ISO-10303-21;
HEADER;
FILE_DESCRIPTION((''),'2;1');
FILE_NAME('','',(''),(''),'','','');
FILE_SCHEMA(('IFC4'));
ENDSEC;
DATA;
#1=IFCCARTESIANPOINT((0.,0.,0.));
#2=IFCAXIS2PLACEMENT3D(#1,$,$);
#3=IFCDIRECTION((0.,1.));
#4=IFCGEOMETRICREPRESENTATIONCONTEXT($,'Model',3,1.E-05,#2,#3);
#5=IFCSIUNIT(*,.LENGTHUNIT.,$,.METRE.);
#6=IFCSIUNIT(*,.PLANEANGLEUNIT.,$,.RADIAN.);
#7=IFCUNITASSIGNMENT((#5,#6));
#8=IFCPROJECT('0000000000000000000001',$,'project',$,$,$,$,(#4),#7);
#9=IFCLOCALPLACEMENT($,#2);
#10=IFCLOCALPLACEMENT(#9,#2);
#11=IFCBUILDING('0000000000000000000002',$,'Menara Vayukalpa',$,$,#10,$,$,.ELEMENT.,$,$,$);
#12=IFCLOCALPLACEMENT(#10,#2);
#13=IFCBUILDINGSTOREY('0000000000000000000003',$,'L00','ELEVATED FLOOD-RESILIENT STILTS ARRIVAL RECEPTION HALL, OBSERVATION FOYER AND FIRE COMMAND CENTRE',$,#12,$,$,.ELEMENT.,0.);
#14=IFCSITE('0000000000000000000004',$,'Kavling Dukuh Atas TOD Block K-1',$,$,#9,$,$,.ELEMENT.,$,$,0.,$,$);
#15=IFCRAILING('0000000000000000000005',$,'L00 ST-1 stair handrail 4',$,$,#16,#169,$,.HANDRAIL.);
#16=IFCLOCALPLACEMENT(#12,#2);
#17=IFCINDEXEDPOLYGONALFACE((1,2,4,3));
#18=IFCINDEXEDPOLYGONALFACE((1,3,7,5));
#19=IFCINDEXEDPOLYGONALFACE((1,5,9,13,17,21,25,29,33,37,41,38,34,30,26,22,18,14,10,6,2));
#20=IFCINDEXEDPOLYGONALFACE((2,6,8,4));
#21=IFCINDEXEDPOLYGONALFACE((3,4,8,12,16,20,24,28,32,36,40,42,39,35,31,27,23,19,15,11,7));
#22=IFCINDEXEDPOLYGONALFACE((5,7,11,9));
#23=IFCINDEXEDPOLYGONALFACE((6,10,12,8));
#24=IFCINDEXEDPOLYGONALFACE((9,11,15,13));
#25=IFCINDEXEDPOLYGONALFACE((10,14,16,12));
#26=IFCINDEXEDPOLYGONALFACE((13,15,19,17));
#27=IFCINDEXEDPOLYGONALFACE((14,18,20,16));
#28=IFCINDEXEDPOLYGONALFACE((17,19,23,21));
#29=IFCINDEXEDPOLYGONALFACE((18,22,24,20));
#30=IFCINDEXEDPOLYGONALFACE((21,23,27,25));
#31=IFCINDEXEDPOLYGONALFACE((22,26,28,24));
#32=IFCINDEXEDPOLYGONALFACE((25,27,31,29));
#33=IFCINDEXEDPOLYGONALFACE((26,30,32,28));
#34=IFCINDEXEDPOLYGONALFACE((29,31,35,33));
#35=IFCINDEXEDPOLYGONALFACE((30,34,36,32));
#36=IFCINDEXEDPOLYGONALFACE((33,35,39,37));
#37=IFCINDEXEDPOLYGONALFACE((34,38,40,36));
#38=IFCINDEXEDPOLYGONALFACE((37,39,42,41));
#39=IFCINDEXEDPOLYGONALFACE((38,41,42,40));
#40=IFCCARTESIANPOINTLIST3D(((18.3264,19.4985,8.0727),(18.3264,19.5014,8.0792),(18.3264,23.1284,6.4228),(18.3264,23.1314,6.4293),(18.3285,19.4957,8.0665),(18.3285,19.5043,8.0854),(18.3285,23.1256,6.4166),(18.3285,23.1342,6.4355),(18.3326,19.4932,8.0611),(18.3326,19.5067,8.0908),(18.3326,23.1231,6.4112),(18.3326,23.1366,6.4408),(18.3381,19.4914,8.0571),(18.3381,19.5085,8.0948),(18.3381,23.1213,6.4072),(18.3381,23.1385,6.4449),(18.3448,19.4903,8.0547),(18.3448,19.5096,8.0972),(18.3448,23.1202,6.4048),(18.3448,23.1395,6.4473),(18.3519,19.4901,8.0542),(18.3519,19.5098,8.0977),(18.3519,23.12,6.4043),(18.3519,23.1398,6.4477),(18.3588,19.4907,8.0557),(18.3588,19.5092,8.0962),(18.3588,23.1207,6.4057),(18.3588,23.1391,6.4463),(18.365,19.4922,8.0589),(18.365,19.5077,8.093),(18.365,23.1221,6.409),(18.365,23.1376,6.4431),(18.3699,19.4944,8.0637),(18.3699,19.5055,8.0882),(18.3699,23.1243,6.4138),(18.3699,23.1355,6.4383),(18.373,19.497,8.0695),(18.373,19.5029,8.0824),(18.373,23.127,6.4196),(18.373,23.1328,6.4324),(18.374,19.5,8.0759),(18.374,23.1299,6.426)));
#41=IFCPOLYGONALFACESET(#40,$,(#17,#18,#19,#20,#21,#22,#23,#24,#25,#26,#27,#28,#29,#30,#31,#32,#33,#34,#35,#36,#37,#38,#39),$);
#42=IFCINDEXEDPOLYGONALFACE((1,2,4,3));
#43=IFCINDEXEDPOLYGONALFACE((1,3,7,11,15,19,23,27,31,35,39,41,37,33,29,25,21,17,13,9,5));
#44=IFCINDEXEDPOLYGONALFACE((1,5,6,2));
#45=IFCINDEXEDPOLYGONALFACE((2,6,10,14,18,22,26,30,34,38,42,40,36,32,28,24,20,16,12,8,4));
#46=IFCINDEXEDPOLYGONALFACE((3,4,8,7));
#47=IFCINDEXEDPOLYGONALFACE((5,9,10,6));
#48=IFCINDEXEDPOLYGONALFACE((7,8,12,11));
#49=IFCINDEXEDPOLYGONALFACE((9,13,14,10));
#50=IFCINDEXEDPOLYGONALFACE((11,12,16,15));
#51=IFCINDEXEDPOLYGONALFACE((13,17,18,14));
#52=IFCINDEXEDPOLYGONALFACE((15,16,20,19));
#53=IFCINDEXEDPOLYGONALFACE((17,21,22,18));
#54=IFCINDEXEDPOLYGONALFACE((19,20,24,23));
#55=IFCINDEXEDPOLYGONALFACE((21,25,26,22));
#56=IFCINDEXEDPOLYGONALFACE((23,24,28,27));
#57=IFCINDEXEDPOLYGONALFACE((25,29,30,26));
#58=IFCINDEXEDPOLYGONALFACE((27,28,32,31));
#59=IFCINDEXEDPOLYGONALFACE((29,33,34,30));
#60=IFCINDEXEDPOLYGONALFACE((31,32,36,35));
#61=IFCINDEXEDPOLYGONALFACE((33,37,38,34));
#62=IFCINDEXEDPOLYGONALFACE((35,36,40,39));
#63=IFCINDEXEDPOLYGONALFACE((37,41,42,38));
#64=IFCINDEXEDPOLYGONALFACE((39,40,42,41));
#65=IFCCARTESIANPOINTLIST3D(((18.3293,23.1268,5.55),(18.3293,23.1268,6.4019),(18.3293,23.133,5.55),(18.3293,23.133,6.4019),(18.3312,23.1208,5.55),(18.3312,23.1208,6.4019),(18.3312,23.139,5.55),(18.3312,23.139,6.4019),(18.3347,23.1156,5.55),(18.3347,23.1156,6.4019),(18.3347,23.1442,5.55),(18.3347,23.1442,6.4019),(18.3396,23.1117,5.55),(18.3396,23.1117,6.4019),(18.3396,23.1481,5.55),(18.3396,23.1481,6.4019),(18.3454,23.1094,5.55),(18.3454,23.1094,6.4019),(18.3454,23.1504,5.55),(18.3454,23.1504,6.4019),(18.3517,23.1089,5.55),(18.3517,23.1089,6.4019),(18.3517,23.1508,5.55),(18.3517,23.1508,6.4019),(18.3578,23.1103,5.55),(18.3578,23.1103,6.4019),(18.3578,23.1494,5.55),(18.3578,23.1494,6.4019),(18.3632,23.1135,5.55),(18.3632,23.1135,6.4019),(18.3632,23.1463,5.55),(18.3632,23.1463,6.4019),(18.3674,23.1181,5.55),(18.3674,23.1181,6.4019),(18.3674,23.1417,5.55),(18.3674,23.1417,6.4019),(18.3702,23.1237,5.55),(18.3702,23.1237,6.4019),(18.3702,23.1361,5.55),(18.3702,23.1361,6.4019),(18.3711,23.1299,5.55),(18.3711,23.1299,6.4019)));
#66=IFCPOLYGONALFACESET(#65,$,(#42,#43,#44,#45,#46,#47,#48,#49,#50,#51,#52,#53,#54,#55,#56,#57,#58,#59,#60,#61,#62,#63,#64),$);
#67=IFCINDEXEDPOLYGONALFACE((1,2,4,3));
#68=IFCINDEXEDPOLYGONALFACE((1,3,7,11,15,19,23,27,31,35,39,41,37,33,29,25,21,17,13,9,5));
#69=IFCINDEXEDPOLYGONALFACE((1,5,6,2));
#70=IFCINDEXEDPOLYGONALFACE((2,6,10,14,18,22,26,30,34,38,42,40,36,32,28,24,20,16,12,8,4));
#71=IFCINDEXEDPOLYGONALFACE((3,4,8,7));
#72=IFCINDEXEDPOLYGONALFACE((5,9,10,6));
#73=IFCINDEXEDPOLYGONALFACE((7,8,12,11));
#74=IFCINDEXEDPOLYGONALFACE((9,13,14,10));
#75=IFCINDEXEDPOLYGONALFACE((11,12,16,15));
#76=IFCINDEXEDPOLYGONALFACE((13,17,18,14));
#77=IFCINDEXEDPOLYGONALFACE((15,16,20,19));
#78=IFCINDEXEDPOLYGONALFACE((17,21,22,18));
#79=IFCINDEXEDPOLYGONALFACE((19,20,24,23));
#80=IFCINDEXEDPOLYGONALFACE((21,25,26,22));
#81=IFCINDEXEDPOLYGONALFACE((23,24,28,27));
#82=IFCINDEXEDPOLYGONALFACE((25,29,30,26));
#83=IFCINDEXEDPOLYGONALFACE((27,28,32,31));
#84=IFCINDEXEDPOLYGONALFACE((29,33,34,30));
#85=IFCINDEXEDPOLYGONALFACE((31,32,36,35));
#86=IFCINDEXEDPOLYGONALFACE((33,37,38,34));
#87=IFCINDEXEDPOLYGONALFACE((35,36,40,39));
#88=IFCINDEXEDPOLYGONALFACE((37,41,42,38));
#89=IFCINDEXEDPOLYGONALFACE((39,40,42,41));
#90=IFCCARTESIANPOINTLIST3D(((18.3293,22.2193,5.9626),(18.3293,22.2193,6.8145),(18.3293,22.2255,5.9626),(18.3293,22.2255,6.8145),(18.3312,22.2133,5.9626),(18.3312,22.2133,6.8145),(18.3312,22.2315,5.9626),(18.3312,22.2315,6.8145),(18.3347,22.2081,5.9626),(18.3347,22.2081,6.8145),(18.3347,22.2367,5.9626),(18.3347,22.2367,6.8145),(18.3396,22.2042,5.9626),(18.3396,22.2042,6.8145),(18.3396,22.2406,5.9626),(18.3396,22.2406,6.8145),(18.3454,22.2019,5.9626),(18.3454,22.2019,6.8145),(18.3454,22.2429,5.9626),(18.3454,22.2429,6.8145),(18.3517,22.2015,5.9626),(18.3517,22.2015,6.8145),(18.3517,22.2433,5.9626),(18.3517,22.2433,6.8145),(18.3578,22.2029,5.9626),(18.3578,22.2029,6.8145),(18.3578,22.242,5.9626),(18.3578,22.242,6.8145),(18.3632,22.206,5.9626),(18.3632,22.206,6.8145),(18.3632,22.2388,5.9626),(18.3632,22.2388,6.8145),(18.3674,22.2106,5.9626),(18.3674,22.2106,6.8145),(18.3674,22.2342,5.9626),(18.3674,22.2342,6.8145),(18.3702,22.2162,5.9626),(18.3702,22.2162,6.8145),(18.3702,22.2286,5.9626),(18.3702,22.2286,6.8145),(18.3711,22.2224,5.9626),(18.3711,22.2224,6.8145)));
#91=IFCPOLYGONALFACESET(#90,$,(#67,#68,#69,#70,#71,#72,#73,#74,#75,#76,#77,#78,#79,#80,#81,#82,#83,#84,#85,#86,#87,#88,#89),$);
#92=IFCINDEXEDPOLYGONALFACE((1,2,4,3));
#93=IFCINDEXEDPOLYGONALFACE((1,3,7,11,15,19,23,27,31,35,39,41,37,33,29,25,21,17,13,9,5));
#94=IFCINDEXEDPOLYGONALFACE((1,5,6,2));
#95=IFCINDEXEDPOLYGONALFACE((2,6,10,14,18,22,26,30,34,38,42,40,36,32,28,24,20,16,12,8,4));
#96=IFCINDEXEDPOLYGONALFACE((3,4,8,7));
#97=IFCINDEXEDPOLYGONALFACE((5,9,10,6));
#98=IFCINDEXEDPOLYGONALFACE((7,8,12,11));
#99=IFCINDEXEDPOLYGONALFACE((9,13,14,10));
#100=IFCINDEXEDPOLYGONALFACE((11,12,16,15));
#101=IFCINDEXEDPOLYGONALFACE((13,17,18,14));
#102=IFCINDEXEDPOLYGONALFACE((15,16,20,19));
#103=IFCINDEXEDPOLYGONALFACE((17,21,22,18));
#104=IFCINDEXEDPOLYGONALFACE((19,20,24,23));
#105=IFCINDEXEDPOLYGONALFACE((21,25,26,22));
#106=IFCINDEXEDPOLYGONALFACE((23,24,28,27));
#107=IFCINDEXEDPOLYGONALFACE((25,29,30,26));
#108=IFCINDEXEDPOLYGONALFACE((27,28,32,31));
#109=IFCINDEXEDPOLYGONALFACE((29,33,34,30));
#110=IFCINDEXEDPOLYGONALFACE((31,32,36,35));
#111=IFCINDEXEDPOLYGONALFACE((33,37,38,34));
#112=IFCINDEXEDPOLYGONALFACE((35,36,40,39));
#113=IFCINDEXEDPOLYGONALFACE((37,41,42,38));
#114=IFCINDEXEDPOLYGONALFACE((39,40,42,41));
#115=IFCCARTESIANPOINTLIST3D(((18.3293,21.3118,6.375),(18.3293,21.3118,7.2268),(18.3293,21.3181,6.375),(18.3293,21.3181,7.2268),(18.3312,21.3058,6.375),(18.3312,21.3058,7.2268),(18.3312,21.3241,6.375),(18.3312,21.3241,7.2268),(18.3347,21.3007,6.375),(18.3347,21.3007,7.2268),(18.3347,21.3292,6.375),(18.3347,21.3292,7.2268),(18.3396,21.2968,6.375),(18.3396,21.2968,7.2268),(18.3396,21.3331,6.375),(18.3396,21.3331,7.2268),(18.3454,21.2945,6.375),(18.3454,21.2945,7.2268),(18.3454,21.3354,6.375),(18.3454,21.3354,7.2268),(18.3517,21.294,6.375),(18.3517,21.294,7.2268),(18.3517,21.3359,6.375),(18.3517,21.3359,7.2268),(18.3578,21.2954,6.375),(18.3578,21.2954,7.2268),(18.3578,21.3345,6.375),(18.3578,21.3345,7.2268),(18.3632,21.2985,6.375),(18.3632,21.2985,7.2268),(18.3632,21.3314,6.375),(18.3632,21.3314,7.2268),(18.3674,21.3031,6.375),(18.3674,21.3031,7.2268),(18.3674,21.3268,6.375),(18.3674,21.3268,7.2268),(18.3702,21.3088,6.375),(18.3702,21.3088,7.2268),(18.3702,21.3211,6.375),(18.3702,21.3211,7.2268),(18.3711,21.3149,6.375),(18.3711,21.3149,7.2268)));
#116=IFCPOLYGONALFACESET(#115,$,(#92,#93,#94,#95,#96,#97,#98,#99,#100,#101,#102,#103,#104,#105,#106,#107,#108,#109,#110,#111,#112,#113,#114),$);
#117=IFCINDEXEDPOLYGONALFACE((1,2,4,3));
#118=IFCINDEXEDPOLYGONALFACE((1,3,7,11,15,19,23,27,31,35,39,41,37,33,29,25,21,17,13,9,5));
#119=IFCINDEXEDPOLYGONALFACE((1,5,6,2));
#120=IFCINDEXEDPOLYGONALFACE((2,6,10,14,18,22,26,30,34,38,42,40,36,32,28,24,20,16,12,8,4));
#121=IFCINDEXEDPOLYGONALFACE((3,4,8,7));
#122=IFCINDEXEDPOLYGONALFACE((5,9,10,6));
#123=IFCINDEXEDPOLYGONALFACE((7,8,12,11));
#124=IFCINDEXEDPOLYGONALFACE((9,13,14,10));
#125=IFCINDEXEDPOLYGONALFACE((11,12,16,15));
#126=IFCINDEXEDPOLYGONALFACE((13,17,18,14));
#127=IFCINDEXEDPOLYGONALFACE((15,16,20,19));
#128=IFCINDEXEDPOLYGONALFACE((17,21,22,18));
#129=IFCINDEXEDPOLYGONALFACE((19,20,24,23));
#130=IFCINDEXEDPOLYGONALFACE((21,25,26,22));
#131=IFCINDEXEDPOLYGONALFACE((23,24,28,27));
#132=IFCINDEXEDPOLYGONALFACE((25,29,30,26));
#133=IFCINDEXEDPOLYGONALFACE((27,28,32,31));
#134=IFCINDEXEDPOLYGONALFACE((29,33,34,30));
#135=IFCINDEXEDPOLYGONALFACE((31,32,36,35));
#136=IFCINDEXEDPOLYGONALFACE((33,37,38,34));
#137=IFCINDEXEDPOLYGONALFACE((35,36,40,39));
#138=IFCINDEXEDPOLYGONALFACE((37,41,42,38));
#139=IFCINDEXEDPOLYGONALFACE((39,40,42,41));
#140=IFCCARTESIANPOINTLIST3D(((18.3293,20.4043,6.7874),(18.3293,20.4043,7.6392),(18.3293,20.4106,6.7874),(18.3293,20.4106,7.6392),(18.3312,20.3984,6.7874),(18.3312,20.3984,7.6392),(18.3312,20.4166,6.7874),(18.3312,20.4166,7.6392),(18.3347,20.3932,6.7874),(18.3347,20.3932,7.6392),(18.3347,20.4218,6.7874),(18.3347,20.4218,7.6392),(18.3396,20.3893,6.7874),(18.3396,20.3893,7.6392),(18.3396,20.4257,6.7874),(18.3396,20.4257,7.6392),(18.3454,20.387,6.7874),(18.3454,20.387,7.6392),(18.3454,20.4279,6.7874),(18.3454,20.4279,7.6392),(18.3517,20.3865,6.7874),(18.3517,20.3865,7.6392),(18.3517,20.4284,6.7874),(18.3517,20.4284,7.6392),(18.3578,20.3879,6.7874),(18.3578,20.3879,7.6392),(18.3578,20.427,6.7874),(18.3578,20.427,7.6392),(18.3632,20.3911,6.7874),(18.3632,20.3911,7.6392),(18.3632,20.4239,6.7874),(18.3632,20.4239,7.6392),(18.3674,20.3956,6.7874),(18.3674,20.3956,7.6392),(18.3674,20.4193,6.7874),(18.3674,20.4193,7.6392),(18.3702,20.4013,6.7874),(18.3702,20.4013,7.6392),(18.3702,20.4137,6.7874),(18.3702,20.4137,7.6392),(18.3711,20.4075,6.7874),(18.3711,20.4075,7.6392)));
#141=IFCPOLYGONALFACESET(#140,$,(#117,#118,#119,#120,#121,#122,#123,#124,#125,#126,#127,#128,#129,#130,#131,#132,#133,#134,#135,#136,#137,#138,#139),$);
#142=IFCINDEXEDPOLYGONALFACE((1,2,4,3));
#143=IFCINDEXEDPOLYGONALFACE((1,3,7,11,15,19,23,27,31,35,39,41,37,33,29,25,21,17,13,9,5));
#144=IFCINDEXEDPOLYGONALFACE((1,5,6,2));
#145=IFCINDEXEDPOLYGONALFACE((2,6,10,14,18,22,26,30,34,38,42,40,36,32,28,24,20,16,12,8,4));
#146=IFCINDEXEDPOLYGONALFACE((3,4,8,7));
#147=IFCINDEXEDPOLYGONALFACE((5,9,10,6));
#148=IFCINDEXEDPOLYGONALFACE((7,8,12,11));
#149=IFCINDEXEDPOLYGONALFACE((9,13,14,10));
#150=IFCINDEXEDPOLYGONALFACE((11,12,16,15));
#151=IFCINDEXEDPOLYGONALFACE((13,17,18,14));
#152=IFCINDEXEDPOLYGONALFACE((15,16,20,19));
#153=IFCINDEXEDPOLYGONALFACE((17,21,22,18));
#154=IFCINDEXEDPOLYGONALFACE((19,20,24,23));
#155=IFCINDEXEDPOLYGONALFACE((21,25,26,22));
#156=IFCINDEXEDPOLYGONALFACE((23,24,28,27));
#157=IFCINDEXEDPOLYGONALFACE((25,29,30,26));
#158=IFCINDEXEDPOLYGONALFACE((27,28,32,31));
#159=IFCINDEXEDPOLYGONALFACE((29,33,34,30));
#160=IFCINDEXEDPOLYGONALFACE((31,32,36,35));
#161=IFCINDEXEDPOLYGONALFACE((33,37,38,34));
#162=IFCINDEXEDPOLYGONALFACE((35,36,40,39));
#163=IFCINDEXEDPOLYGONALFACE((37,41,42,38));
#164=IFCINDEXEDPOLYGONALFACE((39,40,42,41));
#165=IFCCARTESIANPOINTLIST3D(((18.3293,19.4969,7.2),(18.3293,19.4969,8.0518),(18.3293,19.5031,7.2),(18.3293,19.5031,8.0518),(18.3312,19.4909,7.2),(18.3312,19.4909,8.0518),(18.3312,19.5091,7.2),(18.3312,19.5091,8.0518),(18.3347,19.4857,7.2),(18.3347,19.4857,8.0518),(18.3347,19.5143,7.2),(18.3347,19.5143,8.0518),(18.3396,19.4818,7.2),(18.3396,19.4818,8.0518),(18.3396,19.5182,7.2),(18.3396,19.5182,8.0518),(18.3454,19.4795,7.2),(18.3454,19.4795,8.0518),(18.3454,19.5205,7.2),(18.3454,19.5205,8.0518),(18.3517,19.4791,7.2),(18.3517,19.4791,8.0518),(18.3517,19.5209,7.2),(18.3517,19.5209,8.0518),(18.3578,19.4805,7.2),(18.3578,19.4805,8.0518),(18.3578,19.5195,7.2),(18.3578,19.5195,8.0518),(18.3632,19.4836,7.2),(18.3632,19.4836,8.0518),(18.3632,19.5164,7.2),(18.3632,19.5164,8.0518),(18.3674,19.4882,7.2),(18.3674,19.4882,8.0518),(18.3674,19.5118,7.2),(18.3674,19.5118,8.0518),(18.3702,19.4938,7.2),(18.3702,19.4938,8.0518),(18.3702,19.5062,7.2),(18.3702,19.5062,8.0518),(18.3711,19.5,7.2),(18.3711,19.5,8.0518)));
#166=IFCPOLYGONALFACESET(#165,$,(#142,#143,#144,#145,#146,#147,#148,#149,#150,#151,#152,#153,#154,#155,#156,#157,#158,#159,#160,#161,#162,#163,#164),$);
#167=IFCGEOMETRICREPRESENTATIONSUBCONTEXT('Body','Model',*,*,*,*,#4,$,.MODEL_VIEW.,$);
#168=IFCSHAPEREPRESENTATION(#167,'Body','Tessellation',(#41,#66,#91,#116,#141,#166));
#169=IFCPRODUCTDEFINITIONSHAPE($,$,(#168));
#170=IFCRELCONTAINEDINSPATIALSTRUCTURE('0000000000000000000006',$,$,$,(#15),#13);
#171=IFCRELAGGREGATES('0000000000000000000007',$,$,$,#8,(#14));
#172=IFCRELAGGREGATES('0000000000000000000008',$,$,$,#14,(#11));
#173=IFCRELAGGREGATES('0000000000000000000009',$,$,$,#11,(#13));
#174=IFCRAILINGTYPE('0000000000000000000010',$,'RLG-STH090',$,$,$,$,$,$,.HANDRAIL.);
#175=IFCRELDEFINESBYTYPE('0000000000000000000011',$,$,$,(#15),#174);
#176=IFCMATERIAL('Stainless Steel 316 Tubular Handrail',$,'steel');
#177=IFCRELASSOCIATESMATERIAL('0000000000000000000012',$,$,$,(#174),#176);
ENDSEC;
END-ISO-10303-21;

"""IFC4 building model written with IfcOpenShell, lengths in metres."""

from ifc_helpers import new_model, si_unit, direction, frame, origin, origin_2d, place, context, subcontext, project, spatial, circle, extrude, material, type_object, element, save


model = new_model("IFC4")

# Units and contexts
model_context = context("Model", 3, precision=1e-05, world=origin(), true_north=direction((0.0, 1.0)))
body_context = subcontext(model_context, "Body", "Model", "MODEL_VIEW")
ifc_project = project(units=[si_unit("LENGTHUNIT", "METRE"), si_unit("PLANEANGLEUNIT", "RADIAN")], contexts=[model_context])

# Site, building, storey
site_placement = place(None, origin())
site = spatial("IfcSite", under=ifc_project, at=site_placement, Name="Kavling Dukuh Atas TOD Block K-1", CompositionType="ELEMENT", RefElevation=0.0)
building_placement = place(site_placement, origin())
building = spatial("IfcBuilding", under=site, at=building_placement, Name="Menara Vayukalpa", CompositionType="ELEMENT")
storey_placement = place(building_placement, origin())
storey = spatial("IfcBuildingStorey", under=building, at=storey_placement, Name="L00", Description="ELEVATED FLOOD-RESILIENT STILTS ARRIVAL RECEPTION HALL, OBSERVATION FOYER AND FIRE COMMAND CENTRE", CompositionType="ELEMENT", Elevation=0.0)

# Railing
ifc_material_1 = material(Name="Stainless Steel 316 Tubular Handrail", Category="steel")
railing_type = type_object("IfcRailingType", Name="RLG-STH090", PredefinedType="HANDRAIL", material=ifc_material_1)
railing_1_placement = place(storey_placement, frame((18.3501, 23.1299, 5.55)))
element("IfcRailing", 1, at=railing_1_placement, inside=storey, type_object=railing_type, Name="L00 ST-1 stair handrail 4", PredefinedType="HANDRAIL", context=body_context, shape_type="SweptSolid", body=[
    extrude(circle(Radius=0.0239, at=origin_2d()), frame((0.0, 0.0, 0.876), z_axis=(0.0, -0.910371, 0.413794), x_axis=(1.0, 0.0, 0.0)), (0.0, 0.0, 1.0), 3.9873),
    extrude(circle(Radius=0.021, at=origin_2d()), origin(), (0.0, 0.0, 1.0), 0.8518),
    extrude(circle(Radius=0.021, at=origin_2d()), frame((0.0, -0.9075, 0.4126)), (0.0, 0.0, 1.0), 0.8518),
    extrude(circle(Radius=0.021, at=origin_2d()), frame((0.0, -1.8149, 0.825)), (0.0, 0.0, 1.0), 0.8518),
    extrude(circle(Radius=0.021, at=origin_2d()), frame((0.0, -2.7224, 1.2373)), (0.0, 0.0, 1.0), 0.8518),
    extrude(circle(Radius=0.021, at=origin_2d()), frame((0.0, -3.6299, 1.6499)), (0.0, 0.0, 1.0), 0.8518),
])

save(model, "model.ifc")
